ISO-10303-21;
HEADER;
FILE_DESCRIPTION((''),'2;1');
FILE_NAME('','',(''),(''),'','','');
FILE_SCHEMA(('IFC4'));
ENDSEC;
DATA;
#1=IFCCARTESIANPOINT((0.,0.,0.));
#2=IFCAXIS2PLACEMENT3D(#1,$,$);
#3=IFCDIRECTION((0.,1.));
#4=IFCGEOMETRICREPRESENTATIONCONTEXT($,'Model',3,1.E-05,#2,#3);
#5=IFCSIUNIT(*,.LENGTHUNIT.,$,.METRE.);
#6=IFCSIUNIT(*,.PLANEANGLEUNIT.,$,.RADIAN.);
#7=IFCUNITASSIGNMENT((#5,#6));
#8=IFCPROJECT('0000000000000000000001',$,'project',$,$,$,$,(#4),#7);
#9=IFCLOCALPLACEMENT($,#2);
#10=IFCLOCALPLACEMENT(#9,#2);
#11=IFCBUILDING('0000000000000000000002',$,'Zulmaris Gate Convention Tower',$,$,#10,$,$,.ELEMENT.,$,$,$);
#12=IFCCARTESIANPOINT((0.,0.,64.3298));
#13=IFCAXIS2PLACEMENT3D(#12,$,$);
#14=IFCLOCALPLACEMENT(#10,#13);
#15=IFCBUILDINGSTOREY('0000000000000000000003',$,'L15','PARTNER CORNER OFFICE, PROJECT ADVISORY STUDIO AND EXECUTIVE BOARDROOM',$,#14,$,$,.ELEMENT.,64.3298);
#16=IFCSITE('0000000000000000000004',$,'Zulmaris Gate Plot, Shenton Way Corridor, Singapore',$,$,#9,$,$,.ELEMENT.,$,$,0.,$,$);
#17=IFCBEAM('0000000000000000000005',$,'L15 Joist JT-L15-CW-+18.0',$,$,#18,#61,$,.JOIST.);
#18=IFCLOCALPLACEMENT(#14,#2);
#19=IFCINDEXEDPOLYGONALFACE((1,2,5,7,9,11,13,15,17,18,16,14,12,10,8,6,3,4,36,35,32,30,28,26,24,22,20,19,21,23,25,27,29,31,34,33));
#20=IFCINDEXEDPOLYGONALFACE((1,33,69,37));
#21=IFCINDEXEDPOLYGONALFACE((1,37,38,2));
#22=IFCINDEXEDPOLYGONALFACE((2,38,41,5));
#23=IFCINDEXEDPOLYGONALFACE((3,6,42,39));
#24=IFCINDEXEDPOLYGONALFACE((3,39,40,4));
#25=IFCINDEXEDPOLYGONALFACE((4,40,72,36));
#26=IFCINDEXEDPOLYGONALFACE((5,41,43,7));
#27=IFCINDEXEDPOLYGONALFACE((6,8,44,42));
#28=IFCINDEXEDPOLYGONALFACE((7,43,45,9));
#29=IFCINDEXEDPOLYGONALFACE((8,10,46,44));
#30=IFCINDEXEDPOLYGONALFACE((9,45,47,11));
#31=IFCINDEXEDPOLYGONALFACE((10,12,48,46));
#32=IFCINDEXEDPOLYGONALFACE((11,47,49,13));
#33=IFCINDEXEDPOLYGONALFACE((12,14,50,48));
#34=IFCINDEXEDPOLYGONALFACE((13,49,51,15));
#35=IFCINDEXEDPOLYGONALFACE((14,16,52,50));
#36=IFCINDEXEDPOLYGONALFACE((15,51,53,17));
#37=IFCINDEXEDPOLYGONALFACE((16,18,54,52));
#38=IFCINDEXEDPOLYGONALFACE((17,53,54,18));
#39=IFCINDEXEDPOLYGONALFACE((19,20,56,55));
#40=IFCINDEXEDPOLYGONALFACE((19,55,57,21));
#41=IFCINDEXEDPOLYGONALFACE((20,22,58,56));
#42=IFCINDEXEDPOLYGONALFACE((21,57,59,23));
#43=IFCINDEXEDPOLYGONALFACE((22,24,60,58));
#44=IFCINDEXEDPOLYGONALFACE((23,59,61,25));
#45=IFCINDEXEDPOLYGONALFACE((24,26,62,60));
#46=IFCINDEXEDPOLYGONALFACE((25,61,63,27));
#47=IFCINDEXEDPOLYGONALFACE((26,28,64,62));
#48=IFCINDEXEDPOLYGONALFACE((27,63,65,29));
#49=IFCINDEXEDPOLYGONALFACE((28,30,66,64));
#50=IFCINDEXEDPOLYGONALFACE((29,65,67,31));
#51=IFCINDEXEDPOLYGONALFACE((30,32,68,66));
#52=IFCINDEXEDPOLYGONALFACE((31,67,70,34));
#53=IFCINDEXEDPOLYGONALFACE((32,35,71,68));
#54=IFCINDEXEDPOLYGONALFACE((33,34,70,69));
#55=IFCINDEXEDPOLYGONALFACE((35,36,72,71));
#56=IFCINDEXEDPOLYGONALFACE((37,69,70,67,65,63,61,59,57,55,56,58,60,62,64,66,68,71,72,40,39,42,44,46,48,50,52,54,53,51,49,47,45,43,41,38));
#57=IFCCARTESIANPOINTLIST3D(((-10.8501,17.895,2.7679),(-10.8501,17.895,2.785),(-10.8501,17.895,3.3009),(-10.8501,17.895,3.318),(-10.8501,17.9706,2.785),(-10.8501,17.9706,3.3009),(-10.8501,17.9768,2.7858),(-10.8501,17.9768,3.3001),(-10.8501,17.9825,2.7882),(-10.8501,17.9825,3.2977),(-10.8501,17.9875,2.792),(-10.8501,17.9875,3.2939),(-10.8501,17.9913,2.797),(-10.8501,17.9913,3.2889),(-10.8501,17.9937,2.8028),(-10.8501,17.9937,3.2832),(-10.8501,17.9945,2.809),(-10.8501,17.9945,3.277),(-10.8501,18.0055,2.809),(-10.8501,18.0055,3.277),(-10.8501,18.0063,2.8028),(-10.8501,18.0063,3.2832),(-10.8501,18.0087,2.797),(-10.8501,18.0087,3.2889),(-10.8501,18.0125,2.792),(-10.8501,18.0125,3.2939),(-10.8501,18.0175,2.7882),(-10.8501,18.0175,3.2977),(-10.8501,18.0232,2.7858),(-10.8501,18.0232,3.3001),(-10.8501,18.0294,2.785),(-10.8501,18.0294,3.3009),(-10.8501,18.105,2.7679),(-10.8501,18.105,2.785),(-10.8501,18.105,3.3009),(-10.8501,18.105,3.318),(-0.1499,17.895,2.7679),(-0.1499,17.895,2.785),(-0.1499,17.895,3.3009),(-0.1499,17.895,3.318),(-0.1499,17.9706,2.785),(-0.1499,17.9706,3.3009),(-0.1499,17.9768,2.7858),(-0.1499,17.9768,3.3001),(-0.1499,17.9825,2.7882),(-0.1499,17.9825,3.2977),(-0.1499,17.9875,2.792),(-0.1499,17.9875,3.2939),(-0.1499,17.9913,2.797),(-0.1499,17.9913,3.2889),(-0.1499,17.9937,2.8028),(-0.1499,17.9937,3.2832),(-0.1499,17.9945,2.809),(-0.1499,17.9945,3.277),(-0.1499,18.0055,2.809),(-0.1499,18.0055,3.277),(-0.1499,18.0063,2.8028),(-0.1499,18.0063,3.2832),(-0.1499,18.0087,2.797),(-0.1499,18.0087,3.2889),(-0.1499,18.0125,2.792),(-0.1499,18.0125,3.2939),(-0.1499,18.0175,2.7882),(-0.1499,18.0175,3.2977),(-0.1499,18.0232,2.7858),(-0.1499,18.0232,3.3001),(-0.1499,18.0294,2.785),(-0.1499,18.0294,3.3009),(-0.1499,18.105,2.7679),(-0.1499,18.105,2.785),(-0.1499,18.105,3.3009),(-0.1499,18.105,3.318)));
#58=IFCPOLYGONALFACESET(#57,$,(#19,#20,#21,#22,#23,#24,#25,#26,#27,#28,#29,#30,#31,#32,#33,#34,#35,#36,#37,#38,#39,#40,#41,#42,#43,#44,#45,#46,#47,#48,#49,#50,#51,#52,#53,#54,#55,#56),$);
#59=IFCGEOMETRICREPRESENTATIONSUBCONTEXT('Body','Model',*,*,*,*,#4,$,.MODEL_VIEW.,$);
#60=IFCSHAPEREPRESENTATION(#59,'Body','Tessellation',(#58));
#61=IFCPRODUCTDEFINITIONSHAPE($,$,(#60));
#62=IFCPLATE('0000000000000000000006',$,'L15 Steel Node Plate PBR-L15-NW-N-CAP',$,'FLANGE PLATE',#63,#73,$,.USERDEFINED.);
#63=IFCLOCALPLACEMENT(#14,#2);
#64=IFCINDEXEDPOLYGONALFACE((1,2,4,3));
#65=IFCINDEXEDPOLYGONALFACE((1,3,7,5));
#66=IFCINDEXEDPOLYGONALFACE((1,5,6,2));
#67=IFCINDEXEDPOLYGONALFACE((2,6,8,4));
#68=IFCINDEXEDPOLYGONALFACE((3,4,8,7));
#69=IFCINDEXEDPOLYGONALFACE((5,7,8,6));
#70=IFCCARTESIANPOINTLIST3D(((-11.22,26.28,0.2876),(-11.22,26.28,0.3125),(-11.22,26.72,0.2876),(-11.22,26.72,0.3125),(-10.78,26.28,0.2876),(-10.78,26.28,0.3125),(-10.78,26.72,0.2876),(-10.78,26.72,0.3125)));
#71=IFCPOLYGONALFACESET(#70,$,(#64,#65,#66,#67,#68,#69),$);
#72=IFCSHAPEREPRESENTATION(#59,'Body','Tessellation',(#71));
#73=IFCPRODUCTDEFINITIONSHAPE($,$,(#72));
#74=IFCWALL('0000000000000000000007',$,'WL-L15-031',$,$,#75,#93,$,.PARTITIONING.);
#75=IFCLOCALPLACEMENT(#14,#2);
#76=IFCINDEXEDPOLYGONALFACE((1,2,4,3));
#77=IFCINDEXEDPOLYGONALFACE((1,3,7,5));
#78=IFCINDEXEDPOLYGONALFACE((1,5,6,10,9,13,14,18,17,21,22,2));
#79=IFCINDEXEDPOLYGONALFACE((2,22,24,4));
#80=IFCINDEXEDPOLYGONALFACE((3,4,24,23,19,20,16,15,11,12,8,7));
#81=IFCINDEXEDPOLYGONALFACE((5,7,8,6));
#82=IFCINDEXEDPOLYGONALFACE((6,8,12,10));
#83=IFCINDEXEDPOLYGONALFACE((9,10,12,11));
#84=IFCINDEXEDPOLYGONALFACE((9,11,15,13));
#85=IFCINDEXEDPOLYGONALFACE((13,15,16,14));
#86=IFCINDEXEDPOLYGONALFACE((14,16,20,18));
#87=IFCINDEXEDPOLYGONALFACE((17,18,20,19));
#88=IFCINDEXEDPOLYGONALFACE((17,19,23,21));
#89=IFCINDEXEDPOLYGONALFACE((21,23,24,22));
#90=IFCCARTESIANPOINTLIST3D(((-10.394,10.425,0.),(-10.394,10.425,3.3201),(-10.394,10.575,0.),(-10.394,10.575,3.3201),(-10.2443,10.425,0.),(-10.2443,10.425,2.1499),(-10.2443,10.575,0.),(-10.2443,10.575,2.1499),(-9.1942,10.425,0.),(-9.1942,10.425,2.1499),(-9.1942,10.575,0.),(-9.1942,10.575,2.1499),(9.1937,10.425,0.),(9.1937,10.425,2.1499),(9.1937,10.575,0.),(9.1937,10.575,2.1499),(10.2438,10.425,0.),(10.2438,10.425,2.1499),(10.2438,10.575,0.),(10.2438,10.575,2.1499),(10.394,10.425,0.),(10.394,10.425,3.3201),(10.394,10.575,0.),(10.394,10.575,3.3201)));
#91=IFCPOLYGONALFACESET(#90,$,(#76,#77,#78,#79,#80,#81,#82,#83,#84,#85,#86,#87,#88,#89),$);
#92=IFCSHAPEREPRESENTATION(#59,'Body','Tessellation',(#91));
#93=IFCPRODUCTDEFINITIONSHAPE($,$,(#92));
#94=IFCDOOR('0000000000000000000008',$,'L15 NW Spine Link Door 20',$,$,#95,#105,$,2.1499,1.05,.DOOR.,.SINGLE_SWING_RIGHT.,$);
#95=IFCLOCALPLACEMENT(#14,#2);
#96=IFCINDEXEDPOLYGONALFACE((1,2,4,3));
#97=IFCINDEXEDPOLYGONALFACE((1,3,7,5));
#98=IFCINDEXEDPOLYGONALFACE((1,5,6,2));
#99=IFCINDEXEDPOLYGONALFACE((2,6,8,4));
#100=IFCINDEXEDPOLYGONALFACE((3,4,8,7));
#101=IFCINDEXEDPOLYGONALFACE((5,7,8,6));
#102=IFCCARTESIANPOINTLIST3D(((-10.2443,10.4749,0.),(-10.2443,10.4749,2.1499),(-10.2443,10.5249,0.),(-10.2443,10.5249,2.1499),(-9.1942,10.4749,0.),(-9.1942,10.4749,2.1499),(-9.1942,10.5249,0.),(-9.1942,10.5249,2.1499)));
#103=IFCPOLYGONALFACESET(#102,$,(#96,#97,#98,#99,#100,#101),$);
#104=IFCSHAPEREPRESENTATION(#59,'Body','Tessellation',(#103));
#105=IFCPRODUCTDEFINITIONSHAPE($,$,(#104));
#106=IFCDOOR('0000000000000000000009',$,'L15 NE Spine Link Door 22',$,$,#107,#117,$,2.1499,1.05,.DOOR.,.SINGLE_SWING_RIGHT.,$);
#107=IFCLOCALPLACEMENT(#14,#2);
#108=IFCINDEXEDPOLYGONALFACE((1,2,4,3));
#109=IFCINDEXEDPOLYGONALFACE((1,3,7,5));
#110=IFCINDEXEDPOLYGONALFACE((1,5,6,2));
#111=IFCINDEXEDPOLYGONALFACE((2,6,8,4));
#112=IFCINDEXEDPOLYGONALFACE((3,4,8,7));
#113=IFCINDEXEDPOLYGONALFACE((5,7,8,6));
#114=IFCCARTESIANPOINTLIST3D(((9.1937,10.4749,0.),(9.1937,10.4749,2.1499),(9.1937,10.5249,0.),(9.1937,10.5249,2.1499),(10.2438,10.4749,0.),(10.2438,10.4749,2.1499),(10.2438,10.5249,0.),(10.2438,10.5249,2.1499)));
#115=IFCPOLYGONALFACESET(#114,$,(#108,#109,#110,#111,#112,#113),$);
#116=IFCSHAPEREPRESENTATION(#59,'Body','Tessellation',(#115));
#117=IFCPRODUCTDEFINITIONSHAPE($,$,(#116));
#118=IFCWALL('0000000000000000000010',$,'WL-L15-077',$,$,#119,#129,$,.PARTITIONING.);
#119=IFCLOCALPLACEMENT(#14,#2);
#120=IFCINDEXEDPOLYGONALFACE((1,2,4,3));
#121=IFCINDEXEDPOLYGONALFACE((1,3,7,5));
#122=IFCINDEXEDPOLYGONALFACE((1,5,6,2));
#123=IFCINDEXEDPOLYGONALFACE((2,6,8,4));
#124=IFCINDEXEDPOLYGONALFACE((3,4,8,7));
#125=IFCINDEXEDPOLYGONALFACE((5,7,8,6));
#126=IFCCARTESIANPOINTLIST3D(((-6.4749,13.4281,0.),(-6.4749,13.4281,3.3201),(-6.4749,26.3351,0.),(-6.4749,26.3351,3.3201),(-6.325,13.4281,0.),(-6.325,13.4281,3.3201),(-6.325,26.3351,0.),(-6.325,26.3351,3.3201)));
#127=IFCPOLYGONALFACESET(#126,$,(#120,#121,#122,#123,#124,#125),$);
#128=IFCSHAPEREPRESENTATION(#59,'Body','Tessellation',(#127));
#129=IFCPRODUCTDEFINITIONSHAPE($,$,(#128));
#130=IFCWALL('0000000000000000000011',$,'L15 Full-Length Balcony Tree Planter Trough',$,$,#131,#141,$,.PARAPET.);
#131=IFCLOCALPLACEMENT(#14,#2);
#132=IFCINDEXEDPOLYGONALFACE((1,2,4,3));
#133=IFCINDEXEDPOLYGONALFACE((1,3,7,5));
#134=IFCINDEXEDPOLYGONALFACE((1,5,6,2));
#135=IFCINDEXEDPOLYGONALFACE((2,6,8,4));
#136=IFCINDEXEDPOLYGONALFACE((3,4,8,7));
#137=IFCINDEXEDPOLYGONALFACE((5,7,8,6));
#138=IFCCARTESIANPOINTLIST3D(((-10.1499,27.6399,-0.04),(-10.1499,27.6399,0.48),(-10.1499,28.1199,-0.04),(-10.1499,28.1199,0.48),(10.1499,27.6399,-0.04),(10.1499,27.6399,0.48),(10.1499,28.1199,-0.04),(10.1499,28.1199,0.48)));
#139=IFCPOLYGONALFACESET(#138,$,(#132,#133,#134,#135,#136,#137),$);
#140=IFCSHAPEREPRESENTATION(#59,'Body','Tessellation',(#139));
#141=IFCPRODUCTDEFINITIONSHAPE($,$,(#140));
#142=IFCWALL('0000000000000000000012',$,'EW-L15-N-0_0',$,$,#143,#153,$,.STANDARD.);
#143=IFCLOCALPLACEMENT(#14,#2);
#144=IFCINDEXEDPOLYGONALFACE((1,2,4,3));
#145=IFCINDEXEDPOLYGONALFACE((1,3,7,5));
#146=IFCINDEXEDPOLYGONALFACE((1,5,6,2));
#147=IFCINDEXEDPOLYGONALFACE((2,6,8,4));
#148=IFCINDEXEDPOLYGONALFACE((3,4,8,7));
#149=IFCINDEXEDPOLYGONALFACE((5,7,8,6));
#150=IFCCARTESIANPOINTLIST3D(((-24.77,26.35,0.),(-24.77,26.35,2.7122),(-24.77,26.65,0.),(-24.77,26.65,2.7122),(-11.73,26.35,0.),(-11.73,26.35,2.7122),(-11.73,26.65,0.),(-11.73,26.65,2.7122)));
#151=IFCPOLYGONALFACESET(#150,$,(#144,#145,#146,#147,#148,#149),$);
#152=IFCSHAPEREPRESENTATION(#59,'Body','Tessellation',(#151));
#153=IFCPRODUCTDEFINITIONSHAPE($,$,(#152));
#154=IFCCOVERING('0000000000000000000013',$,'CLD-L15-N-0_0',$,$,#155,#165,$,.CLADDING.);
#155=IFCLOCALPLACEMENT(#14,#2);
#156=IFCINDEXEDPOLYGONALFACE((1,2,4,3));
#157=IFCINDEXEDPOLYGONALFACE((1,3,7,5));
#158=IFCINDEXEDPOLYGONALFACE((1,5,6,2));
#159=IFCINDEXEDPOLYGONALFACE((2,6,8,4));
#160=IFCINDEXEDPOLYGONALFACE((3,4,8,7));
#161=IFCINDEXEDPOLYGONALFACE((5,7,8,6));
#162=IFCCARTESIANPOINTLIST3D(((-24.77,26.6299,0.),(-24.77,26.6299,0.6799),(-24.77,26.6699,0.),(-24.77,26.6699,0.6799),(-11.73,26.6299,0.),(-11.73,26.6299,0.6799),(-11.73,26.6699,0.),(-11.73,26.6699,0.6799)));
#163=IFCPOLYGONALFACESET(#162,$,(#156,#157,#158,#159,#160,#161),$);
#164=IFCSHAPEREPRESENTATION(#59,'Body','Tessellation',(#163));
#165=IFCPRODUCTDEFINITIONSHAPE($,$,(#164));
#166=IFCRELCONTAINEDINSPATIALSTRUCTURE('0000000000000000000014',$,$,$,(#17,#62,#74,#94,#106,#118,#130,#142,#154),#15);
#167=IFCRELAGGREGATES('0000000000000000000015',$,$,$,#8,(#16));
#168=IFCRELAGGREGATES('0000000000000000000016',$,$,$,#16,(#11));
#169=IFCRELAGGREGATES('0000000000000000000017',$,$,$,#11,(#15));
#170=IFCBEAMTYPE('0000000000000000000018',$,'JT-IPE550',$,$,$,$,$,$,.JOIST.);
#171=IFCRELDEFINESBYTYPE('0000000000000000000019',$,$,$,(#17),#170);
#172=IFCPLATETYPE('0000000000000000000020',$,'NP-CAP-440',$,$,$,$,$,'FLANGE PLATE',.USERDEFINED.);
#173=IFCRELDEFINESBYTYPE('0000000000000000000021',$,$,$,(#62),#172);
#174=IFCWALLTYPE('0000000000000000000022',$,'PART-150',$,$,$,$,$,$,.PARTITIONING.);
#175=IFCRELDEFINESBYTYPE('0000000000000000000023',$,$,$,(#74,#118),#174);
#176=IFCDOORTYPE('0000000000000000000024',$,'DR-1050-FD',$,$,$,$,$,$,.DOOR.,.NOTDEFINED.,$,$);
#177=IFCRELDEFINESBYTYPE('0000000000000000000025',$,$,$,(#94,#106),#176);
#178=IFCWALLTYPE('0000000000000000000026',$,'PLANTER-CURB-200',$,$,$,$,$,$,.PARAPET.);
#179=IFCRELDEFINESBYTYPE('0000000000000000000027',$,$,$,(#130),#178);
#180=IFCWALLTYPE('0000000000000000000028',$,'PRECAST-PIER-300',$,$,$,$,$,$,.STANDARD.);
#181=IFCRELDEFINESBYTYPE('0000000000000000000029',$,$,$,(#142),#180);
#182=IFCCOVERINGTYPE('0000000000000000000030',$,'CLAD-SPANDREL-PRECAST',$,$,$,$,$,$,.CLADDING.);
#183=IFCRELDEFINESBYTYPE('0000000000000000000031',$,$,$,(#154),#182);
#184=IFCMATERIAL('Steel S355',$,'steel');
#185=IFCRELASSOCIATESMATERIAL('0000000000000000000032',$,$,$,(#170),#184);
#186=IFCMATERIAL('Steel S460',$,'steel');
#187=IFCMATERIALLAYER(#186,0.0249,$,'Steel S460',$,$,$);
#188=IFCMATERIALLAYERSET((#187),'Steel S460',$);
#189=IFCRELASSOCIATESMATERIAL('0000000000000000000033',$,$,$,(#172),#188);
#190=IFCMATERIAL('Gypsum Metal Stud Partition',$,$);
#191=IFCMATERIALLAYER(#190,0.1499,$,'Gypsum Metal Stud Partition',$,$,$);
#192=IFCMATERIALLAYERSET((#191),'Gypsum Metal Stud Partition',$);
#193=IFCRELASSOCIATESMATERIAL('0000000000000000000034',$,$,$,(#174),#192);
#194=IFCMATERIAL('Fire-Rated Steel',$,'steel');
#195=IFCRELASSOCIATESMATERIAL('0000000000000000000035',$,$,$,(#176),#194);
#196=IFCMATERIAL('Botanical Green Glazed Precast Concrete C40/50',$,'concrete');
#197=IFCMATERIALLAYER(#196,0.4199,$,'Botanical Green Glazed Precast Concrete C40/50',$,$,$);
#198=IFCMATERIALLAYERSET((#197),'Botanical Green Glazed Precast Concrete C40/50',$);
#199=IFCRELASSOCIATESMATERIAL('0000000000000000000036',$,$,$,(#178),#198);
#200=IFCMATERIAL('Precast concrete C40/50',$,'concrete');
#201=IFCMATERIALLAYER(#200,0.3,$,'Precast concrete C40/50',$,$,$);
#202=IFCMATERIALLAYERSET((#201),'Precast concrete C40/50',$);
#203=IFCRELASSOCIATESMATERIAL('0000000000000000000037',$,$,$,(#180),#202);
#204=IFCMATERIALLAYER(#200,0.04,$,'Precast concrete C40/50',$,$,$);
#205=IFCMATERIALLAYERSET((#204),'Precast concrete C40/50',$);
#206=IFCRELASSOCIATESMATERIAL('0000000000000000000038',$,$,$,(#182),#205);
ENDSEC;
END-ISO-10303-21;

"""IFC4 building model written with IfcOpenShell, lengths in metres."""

from ifc_helpers import new_model, si_unit, direction, frame, frame_2d, origin, origin_2d, place, context, subcontext, project, spatial, rectangle, i_section, extrude, material, layer, layer_set, material_profile, profile_set, type_object, element, fill, save


model = new_model("IFC4")

# Units and contexts
model_context = context("Model", 3, precision=1e-05, world=origin(), true_north=direction((0.0, 1.0)))
body_context = subcontext(model_context, "Body", "Model", "MODEL_VIEW")
ifc_project = project(units=[si_unit("LENGTHUNIT", "METRE"), si_unit("PLANEANGLEUNIT", "RADIAN")], contexts=[model_context])

# Site, building, storey
site_placement = place(None, origin())
site = spatial("IfcSite", under=ifc_project, at=site_placement, Name="Zulmaris Gate Plot, Shenton Way Corridor, Singapore", CompositionType="ELEMENT", RefElevation=0.0)
building_placement = place(site_placement, origin())
building = spatial("IfcBuilding", under=site, at=building_placement, Name="Zulmaris Gate Convention Tower", CompositionType="ELEMENT")
storey_placement = place(building_placement, frame((0.0, 0.0, 64.3298)))
storey = spatial("IfcBuildingStorey", under=building, at=storey_placement, Name="L15", Description="PARTNER CORNER OFFICE, PROJECT ADVISORY STUDIO AND EXECUTIVE BOARDROOM", CompositionType="ELEMENT", Elevation=64.3298)

# Shared definitions
ifc_material_1 = material(Name="Steel S355", Category="steel")

# Shared definitions
ifc_material_2 = material(Name="Steel S460", Category="steel")

# Beam
ifc_material_profile_1 = material_profile(ifc_material_1, i_section(OverallWidth=0.21, OverallDepth=0.55, WebThickness=0.011, FlangeThickness=0.0171, FilletRadius=0.0239, at=origin_2d()), Name="IPE 550")
ifc_profile_set_1 = profile_set([ifc_material_profile_1], Name="Steel S355")
beam_type_1 = type_object("IfcBeamType", Name="JT-IPE550", PredefinedType="JOIST", material=ifc_profile_set_1)
for number, where, z_axis, x_axis, name in (
    (1, (-10.8501, 18.0, 3.043), (1.0, 0.0, 0.0), (0.0, 1.0, 0.0), "L15 Joist JT-L15-CW-+18.0"),
):
    element("IfcBeam", number, at=place(storey_placement, frame(where, z_axis=z_axis, x_axis=x_axis)), inside=storey, type_object=beam_type_1, Name=name, PredefinedType="JOIST", context=body_context, shape_type="SweptSolid", body=[
        extrude(i_section(OverallWidth=0.21, OverallDepth=0.55, WebThickness=0.011, FlangeThickness=0.0171, FilletRadius=0.0239, at=origin_2d()), origin(), (0.0, 0.0, 1.0), 10.7002),
    ])

# Plate
ifc_layer_1 = layer(ifc_material_2, 0.0249, Name="Steel S460")
ifc_layer_set_1 = layer_set([ifc_layer_1], Name="Steel S460")
plate_type = type_object("IfcPlateType", Name="NP-CAP-440", ElementType="FLANGE PLATE", PredefinedType="USERDEFINED", material=ifc_layer_set_1)
plate_placement = place(storey_placement, frame((-11.0, 26.5, 0.2876), z_axis=(0.0, 0.0, 1.0), x_axis=(1.0, 0.0, 0.0)))
element("IfcPlate", 2, at=plate_placement, inside=storey, type_object=plate_type, Name="L15 Steel Node Plate PBR-L15-NW-N-CAP", ObjectType="FLANGE PLATE", PredefinedType="USERDEFINED", context=body_context, shape_type="SweptSolid", body=[
    extrude(rectangle(XDim=0.4399, YDim=0.4399, at=origin_2d()), origin(), (0.0, 0.0, 1.0), 0.0249),
])

# Wall, openings, doors
ifc_material_3 = material(Name="Gypsum Metal Stud Partition")
ifc_layer_2 = layer(ifc_material_3, 0.1499, Name="Gypsum Metal Stud Partition")
ifc_layer_set_2 = layer_set([ifc_layer_2], Name="Gypsum Metal Stud Partition")
wall_type_1 = type_object("IfcWallType", Name="PART-150", PredefinedType="PARTITIONING", material=ifc_layer_set_2)
wall_1_placement = place(storey_placement, frame((-10.394, 10.5, 0.0), z_axis=(0.0, 0.0, 1.0), x_axis=(1.0, 0.0, 0.0)))
wall_1 = element("IfcWall", 3, at=wall_1_placement, inside=storey, type_object=wall_type_1, Name="WL-L15-031", PredefinedType="PARTITIONING", context=body_context, shape_type="SweptSolid", body=[
    extrude(rectangle(XDim=20.7881, YDim=0.1499, at=frame_2d((10.394, 0.0))), origin(), (0.0, 0.0, 1.0), 3.3201),
])
opening_1_placement = place(wall_1_placement, frame((0.1499, 0.0, 0.0)))
opening_1 = element("IfcOpeningElement", 4, at=opening_1_placement, cuts=wall_1, PredefinedType="OPENING", context=body_context, shape_type="SweptSolid", body=[
    extrude(rectangle(XDim=1.05, YDim=2.1499, at=frame_2d((0.5249, 1.075))), frame((0.0, 0.085, 0.0), z_axis=(0.0, -1.0, 0.0), x_axis=(1.0, 0.0, 0.0)), (0.0, 0.0, 1.0), 0.1699),
])
opening_2_placement = place(wall_1_placement, frame((19.5879, 0.0, 0.0)))
opening_2 = element("IfcOpeningElement", 5, at=opening_2_placement, cuts=wall_1, PredefinedType="OPENING", context=body_context, shape_type="SweptSolid", body=[
    extrude(rectangle(XDim=1.05, YDim=2.1499, at=frame_2d((0.5249, 1.075))), frame((0.0, 0.085, 0.0), z_axis=(0.0, -1.0, 0.0), x_axis=(1.0, 0.0, 0.0)), (0.0, 0.0, 1.0), 0.1699),
])
ifc_material_4 = material(Name="Fire-Rated Steel", Category="steel")
door_type_1 = type_object("IfcDoorType", Name="DR-1050-FD", OperationType="NOTDEFINED", PredefinedType="DOOR", material=ifc_material_4)
door_1_placement = place(opening_1_placement, origin())
door_1 = element("IfcDoor", 6, at=door_1_placement, inside=storey, type_object=door_type_1, Name="L15 NW Spine Link Door 20", OperationType="SINGLE_SWING_RIGHT", OverallHeight=2.1499, OverallWidth=1.05, PredefinedType="DOOR", context=body_context, shape_type="SweptSolid", body=[
    extrude(rectangle(XDim=1.05, YDim=2.1499, at=frame_2d((0.5249, 1.075))), frame((0.0, 0.0249, 0.0), z_axis=(0.0, -1.0, 0.0), x_axis=(1.0, 0.0, 0.0)), (0.0, 0.0, 1.0), 0.05),
])
fill(opening_1, door_1)
door_2_placement = place(opening_2_placement, origin())
door_2 = element("IfcDoor", 7, at=door_2_placement, inside=storey, type_object=door_type_1, Name="L15 NE Spine Link Door 22", OperationType="SINGLE_SWING_RIGHT", OverallHeight=2.1499, OverallWidth=1.05, PredefinedType="DOOR", context=body_context, shape_type="SweptSolid", body=[
    extrude(rectangle(XDim=1.05, YDim=2.1499, at=frame_2d((0.5249, 1.075))), frame((0.0, 0.0249, 0.0), z_axis=(0.0, -1.0, 0.0), x_axis=(1.0, 0.0, 0.0)), (0.0, 0.0, 1.0), 0.05),
])
fill(opening_2, door_2)

# Walls
wall_2_placement = place(storey_placement, frame((-6.3999, 13.428, 0.0), z_axis=(0.0, 0.0, 1.0), x_axis=(0.0, 1.0, 0.0)))
element("IfcWall", 8, at=wall_2_placement, inside=storey, type_object=wall_type_1, Name="WL-L15-077", PredefinedType="PARTITIONING", context=body_context, shape_type="SweptSolid", body=[
    extrude(rectangle(XDim=12.907, YDim=0.1499, at=frame_2d((6.4536, 0.0))), origin(), (0.0, 0.0, 1.0), 3.3201),
])
ifc_material_5 = material(Name="Botanical Green Glazed Precast Concrete C40/50", Category="concrete")
ifc_layer_3 = layer(ifc_material_5, 0.4199, Name="Botanical Green Glazed Precast Concrete C40/50")
ifc_layer_set_3 = layer_set([ifc_layer_3], Name="Botanical Green Glazed Precast Concrete C40/50")
wall_type_2 = type_object("IfcWallType", Name="PLANTER-CURB-200", PredefinedType="PARAPET", material=ifc_layer_set_3)
wall_3_placement = place(storey_placement, frame((-10.1499, 27.8799, -0.04), z_axis=(0.0, 0.0, 1.0), x_axis=(1.0, 0.0, 0.0)))
element("IfcWall", 9, at=wall_3_placement, inside=storey, type_object=wall_type_2, Name="L15 Full-Length Balcony Tree Planter Trough", PredefinedType="PARAPET", context=body_context, shape_type="SweptSolid", body=[
    extrude(rectangle(XDim=20.2998, YDim=0.48, at=frame_2d((10.1499, 0.0))), origin(), (0.0, 0.0, 1.0), 0.52),
])
ifc_material_6 = material(Name="Precast concrete C40/50", Category="concrete")
ifc_layer_4 = layer(ifc_material_6, 0.3, Name="Precast concrete C40/50")
ifc_layer_set_4 = layer_set([ifc_layer_4], Name="Precast concrete C40/50")
wall_type_3 = type_object("IfcWallType", Name="PRECAST-PIER-300", PredefinedType="STANDARD", material=ifc_layer_set_4)
wall_4_placement = place(storey_placement, frame((-11.73, 26.5, 0.0), z_axis=(0.0, 0.0, 1.0), x_axis=(-1.0, 0.0, 0.0)))
element("IfcWall", 10, at=wall_4_placement, inside=storey, type_object=wall_type_3, Name="EW-L15-N-0_0", PredefinedType="STANDARD", context=body_context, shape_type="SweptSolid", body=[
    extrude(rectangle(XDim=13.04, YDim=0.3, at=frame_2d((6.52, 0.0))), origin(), (0.0, 0.0, 1.0), 2.7122),
])

# Covering
ifc_layer_5 = layer(ifc_material_6, 0.04, Name="Precast concrete C40/50")
ifc_layer_set_5 = layer_set([ifc_layer_5], Name="Precast concrete C40/50")
covering_type = type_object("IfcCoveringType", Name="CLAD-SPANDREL-PRECAST", PredefinedType="CLADDING", material=ifc_layer_set_5)
covering_1_placement = place(storey_placement, frame((-11.73, 26.6499, 0.0), z_axis=(0.0, 0.0, 1.0), x_axis=(-1.0, 0.0, 0.0)))
element("IfcCovering", 11, at=covering_1_placement, inside=storey, type_object=covering_type, Name="CLD-L15-N-0_0", PredefinedType="CLADDING", context=body_context, shape_type="SweptSolid", body=[
    extrude(rectangle(XDim=13.04, YDim=0.04, at=frame_2d((6.52, 0.0))), origin(), (0.0, 0.0, 1.0), 0.6799),
])

save(model, "model.ifc")
